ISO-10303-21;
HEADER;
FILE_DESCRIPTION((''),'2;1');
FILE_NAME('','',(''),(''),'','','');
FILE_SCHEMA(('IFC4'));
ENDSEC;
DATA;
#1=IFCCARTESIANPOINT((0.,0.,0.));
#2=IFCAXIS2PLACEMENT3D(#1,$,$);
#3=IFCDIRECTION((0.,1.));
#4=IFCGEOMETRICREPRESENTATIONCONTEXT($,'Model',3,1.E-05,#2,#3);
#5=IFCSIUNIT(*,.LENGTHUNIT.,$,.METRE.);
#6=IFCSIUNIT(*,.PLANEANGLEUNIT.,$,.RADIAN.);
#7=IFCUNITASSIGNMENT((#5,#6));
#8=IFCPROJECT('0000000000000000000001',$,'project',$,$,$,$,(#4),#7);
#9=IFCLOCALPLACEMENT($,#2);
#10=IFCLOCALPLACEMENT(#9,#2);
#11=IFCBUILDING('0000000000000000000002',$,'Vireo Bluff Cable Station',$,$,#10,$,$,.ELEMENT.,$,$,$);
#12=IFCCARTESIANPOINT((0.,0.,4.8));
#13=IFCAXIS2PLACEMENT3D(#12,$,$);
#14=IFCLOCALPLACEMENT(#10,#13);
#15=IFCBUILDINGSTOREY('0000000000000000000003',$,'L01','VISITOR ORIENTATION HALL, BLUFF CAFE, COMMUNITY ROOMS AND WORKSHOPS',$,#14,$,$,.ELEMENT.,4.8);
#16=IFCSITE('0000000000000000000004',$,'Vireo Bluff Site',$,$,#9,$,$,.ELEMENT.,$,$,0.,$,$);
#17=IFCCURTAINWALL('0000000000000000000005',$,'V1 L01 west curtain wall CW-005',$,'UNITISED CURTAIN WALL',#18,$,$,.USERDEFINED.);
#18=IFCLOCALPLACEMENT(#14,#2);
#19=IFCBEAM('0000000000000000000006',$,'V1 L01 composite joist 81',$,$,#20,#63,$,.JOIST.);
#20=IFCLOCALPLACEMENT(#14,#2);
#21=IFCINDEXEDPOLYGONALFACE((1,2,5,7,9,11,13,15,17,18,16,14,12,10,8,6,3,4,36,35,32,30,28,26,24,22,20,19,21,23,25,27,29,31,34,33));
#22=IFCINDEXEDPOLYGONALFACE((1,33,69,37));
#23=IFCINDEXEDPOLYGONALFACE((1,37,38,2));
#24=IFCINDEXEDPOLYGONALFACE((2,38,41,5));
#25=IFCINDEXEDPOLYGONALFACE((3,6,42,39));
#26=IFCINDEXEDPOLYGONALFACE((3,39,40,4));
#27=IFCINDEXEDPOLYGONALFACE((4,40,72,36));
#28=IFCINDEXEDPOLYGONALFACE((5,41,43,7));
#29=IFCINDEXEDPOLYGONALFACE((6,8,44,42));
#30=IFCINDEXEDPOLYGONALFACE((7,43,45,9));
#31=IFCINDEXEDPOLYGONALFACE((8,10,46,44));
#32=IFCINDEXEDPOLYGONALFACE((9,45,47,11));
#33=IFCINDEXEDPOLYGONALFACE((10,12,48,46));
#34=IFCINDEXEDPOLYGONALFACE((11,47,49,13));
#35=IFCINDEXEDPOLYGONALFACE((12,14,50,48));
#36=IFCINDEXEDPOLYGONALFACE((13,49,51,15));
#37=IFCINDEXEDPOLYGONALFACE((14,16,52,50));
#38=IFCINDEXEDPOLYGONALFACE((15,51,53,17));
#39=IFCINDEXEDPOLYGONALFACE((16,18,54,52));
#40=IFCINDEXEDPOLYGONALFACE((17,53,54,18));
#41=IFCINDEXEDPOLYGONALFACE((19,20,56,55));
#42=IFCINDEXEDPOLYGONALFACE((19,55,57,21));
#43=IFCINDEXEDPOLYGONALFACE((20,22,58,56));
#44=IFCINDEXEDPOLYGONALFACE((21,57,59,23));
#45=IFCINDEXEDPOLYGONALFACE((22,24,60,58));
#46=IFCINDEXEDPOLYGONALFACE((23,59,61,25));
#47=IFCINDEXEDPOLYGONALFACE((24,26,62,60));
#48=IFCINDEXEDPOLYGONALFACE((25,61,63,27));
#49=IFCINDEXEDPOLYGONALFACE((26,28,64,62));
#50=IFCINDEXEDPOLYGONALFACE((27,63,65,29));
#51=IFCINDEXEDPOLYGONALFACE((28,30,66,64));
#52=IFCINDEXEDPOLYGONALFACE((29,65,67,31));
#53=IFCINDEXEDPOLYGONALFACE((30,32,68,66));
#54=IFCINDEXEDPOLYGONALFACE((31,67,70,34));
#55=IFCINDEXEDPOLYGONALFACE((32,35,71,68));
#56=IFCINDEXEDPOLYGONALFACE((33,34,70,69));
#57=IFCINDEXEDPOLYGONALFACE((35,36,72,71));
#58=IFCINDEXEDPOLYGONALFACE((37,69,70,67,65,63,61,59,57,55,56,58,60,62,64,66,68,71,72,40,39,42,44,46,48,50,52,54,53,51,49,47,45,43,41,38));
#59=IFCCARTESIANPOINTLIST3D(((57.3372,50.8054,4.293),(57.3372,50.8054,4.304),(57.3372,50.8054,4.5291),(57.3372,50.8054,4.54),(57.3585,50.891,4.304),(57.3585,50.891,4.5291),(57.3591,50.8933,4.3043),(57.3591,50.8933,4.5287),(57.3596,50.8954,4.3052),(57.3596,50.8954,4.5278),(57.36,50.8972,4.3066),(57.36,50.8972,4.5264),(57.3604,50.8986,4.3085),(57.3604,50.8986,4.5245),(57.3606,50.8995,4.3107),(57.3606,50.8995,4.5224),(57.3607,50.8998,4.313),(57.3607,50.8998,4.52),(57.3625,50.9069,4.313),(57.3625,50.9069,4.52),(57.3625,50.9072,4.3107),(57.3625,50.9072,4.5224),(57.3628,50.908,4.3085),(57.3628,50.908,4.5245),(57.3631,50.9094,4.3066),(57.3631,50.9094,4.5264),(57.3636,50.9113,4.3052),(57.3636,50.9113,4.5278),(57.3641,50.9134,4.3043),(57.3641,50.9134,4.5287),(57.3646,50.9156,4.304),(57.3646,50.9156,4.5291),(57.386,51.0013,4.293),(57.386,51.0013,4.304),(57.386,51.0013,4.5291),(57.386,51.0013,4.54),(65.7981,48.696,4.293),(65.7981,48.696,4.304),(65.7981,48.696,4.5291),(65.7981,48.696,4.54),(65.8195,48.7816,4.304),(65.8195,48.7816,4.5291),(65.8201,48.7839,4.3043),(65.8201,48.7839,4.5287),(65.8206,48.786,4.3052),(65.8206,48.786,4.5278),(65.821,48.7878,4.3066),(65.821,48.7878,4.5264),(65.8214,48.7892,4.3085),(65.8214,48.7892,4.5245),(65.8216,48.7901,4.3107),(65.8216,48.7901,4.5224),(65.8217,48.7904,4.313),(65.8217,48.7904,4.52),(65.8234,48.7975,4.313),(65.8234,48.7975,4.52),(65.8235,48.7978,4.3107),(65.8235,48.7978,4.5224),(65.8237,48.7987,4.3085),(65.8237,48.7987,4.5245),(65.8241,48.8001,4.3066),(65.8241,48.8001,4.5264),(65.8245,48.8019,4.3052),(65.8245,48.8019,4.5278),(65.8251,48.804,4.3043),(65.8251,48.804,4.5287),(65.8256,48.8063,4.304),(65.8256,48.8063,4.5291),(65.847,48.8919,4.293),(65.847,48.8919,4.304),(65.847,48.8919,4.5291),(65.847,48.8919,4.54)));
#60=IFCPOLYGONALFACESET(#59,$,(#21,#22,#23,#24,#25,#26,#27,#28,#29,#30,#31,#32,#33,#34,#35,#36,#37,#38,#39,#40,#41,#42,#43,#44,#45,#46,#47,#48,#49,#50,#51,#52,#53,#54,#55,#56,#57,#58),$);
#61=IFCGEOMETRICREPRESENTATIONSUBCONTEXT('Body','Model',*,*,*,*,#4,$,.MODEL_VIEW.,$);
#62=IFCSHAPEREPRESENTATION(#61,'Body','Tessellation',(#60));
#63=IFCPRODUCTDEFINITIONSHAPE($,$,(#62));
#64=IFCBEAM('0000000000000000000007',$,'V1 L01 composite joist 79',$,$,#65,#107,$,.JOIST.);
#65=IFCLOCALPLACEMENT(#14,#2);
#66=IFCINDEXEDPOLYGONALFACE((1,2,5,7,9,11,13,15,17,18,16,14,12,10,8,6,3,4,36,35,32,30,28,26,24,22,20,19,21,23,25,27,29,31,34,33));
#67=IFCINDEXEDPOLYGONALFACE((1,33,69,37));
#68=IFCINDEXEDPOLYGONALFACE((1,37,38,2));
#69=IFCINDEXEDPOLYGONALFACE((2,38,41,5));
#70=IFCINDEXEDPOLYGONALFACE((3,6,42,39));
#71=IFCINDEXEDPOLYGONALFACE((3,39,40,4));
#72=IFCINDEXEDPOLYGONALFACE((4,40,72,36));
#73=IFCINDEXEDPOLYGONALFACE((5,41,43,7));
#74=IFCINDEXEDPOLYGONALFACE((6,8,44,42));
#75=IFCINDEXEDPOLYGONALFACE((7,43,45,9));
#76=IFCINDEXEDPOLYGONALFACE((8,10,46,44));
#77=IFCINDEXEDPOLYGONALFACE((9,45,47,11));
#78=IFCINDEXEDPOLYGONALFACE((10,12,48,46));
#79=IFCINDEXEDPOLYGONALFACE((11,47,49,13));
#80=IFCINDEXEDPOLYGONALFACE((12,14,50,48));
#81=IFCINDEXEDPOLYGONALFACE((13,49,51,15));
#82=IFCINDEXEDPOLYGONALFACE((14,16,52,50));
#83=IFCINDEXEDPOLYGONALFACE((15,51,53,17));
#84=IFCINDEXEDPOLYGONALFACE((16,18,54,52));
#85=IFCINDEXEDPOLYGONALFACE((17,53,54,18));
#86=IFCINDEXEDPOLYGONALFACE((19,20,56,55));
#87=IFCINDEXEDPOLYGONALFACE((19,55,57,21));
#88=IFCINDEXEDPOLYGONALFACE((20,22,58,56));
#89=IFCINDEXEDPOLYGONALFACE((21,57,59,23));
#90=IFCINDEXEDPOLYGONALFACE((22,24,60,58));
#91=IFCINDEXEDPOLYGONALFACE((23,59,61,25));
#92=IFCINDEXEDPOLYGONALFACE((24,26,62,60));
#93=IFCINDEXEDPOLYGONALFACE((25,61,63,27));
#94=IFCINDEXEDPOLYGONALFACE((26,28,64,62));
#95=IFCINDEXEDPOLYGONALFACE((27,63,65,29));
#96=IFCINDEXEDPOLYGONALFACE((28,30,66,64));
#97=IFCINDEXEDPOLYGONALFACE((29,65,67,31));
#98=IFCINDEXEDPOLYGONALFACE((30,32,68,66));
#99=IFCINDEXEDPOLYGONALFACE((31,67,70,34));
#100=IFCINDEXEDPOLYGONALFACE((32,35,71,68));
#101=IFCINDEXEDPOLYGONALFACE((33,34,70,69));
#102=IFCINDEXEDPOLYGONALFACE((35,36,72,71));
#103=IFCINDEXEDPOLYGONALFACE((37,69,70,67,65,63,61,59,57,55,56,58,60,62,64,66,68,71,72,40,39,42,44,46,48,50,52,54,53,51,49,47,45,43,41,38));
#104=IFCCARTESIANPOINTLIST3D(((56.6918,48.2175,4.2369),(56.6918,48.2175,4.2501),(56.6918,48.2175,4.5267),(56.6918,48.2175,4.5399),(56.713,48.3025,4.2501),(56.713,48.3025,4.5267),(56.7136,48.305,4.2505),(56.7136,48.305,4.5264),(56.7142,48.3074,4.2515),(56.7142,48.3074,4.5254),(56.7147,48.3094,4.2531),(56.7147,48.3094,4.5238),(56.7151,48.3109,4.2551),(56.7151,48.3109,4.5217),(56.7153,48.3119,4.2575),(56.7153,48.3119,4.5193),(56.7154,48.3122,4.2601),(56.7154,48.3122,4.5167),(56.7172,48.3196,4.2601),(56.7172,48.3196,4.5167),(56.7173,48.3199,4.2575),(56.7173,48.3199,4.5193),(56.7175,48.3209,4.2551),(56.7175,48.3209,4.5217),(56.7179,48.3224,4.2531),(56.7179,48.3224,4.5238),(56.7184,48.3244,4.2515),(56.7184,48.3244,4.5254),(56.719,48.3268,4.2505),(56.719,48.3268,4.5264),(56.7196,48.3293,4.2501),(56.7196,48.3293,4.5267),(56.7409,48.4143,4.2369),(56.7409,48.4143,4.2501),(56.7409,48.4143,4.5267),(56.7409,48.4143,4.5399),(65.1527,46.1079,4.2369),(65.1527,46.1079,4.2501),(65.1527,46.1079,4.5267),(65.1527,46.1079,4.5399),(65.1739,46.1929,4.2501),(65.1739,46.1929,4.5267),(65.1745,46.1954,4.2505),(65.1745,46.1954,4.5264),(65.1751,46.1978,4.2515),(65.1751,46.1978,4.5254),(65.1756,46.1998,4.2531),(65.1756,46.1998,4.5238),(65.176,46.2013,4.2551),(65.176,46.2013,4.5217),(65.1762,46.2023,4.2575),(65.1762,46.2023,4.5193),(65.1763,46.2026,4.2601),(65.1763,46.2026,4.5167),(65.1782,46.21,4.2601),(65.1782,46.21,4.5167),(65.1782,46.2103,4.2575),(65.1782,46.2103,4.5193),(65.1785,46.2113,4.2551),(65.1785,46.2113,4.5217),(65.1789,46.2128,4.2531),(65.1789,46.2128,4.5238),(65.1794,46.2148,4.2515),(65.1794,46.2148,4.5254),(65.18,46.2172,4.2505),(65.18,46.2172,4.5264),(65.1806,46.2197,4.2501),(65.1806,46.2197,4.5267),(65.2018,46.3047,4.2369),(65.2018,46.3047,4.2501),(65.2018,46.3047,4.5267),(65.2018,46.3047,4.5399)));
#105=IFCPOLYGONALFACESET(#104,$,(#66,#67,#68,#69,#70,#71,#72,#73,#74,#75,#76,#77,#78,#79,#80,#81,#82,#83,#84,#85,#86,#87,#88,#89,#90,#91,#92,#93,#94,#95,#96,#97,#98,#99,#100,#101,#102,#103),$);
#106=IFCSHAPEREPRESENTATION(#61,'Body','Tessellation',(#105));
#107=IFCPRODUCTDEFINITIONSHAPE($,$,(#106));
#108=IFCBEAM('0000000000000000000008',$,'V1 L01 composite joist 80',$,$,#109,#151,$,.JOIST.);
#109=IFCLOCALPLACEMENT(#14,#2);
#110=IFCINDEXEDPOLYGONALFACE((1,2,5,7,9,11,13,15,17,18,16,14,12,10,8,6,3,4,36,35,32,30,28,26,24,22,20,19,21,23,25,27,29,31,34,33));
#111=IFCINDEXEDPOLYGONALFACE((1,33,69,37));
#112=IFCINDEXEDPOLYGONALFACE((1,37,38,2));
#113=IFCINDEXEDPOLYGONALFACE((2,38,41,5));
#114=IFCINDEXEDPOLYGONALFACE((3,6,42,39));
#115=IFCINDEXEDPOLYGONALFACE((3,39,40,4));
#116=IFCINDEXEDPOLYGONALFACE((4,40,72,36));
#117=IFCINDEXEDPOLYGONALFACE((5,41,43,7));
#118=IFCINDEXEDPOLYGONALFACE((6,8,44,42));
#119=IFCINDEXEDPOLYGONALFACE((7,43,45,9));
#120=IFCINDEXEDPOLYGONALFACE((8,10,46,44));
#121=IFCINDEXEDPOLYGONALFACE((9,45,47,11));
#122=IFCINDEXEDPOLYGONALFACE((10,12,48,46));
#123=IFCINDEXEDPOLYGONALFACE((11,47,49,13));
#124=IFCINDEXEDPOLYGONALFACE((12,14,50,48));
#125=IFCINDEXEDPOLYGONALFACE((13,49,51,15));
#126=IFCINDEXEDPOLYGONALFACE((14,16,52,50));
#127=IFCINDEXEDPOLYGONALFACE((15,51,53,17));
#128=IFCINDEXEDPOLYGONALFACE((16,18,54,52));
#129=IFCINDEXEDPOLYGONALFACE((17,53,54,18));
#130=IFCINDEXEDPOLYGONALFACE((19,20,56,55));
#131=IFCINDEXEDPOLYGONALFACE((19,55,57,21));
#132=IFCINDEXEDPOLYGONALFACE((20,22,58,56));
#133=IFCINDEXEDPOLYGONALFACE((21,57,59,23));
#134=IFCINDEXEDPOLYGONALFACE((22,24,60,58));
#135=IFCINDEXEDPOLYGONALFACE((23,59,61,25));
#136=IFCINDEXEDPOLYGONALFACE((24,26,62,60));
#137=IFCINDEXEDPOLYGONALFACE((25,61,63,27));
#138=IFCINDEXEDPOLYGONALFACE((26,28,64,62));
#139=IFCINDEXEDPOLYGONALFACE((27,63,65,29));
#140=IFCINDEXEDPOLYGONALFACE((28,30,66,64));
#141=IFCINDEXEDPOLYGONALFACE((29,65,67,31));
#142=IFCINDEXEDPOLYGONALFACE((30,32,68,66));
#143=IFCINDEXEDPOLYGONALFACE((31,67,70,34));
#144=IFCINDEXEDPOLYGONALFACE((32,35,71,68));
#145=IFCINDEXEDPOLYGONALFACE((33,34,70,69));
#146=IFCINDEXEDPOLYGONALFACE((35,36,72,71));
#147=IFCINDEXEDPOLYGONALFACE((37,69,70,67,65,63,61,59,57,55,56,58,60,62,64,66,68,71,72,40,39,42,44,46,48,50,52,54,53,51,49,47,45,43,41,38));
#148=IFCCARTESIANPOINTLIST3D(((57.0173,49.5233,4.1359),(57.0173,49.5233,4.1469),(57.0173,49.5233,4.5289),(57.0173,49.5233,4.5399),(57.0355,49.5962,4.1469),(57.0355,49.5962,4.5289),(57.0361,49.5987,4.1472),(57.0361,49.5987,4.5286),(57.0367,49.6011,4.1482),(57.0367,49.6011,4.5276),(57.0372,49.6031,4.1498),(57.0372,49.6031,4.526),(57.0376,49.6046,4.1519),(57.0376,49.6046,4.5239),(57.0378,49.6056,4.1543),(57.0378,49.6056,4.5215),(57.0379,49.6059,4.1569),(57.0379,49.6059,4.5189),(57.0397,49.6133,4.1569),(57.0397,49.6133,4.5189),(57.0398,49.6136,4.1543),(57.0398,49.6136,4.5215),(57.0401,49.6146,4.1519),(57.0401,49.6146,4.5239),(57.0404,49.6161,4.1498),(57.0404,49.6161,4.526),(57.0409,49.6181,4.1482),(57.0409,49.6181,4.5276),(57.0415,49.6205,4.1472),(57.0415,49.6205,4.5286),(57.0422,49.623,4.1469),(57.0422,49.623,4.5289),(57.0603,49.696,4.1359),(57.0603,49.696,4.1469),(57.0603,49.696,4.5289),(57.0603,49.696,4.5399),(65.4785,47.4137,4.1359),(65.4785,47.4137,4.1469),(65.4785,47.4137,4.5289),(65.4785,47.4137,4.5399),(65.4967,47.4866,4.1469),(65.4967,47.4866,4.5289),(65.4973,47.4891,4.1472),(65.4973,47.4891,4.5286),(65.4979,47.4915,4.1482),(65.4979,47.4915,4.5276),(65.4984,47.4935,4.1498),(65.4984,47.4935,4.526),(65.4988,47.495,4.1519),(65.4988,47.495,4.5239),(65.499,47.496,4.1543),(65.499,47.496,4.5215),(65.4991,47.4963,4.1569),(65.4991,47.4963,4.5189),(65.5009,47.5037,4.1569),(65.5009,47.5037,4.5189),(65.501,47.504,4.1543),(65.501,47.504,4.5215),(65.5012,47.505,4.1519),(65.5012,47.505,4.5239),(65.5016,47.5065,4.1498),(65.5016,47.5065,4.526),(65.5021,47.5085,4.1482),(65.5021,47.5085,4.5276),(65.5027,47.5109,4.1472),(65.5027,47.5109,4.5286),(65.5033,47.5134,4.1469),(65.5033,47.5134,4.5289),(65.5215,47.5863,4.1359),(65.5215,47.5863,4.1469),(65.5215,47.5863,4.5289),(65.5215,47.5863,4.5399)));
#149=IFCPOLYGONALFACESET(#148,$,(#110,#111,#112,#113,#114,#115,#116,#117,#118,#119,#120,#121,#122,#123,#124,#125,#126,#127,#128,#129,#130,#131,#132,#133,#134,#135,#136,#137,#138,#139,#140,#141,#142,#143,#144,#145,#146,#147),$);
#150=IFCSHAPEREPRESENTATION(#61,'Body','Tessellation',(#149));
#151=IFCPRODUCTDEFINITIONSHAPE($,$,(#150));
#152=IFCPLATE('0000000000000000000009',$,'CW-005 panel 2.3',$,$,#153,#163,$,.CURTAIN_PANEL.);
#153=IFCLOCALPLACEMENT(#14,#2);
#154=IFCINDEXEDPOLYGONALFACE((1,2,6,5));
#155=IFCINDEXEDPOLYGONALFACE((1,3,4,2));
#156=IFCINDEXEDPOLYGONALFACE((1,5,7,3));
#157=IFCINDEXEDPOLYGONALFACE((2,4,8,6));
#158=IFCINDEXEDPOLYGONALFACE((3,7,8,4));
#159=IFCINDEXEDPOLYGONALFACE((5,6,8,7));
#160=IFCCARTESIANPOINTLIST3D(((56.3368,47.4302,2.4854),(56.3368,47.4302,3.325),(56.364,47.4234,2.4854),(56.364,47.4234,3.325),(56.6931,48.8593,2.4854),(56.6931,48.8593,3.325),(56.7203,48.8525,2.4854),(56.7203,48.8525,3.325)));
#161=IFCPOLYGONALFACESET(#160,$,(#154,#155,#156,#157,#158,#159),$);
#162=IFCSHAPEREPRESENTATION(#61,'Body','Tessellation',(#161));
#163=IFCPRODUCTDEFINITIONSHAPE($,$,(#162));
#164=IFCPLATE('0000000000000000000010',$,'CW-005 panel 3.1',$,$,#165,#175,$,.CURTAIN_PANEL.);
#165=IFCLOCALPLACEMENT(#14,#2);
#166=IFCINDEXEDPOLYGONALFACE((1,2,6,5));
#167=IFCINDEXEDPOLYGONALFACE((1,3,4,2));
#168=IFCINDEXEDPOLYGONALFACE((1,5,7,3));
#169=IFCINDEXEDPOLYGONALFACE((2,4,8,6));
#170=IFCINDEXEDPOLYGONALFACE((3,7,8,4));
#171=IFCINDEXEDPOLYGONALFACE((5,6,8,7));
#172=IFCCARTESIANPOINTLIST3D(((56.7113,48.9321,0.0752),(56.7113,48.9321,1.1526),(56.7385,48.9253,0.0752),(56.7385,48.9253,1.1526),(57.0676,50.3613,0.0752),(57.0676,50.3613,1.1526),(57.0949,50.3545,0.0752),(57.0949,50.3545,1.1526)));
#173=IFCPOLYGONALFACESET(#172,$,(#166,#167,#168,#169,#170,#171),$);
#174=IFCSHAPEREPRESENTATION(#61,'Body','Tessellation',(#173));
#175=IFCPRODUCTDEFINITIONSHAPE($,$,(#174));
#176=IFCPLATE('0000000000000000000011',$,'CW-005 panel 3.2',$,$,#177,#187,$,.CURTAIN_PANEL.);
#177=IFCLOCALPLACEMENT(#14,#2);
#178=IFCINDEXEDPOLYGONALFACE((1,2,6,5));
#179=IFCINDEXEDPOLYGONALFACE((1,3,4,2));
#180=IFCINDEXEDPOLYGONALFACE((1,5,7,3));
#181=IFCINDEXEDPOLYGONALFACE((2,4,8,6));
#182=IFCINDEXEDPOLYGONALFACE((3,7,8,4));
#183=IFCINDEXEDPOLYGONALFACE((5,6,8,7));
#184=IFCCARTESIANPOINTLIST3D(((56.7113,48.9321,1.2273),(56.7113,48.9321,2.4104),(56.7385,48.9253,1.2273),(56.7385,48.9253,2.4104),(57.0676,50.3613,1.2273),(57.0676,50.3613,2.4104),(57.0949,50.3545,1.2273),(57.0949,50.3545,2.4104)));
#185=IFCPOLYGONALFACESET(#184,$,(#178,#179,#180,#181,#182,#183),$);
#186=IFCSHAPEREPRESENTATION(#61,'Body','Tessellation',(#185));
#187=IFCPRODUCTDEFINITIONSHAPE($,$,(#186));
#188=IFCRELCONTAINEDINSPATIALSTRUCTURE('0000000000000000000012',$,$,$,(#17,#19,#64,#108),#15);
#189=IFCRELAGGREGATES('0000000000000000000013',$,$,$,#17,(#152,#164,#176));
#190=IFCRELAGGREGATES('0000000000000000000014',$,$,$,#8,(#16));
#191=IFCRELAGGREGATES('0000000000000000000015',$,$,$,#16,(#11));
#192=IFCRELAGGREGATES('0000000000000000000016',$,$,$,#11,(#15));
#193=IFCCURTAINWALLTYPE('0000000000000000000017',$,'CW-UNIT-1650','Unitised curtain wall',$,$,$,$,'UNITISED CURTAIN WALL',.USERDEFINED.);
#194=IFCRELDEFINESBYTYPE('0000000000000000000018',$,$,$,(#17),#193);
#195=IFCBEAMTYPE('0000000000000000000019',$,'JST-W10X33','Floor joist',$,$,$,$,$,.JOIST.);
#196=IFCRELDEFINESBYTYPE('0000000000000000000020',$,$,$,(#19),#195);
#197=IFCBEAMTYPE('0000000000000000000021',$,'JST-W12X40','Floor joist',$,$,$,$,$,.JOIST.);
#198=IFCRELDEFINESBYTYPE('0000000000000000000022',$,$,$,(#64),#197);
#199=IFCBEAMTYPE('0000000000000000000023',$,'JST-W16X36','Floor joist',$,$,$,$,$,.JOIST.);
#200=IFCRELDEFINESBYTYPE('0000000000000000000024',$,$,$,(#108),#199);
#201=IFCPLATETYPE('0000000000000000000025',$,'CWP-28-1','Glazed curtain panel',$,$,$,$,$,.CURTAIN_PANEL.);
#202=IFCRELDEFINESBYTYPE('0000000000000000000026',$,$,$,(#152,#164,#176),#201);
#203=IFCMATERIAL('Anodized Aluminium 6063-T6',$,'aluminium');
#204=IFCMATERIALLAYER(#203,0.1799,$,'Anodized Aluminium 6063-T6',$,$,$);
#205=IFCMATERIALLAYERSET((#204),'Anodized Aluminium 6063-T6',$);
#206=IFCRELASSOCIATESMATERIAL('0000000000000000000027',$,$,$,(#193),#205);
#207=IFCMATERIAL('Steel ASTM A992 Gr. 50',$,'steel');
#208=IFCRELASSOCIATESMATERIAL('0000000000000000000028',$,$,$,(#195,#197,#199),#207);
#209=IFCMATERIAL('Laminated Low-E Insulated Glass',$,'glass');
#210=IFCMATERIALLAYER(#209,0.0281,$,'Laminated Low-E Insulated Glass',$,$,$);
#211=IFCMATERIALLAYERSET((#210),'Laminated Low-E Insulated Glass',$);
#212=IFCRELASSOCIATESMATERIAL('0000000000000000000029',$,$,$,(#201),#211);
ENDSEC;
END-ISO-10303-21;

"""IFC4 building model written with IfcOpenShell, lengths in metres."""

from ifc_helpers import new_model, si_unit, direction, frame, origin, origin_2d, place, context, subcontext, project, spatial, rectangle, i_section, extrude, material, layer, layer_set, material_profile, profile_set, type_object, element, aggregate, save


model = new_model("IFC4")

# Units and contexts
model_context = context("Model", 3, precision=1e-05, world=origin(), true_north=direction((0.0, 1.0)))
body_context = subcontext(model_context, "Body", "Model", "MODEL_VIEW")
ifc_project = project(units=[si_unit("LENGTHUNIT", "METRE"), si_unit("PLANEANGLEUNIT", "RADIAN")], contexts=[model_context])

# Site, building, storey
site_placement = place(None, origin())
site = spatial("IfcSite", under=ifc_project, at=site_placement, Name="Vireo Bluff Site", CompositionType="ELEMENT", RefElevation=0.0)
building_placement = place(site_placement, origin())
building = spatial("IfcBuilding", under=site, at=building_placement, Name="Vireo Bluff Cable Station", CompositionType="ELEMENT")
storey_placement = place(building_placement, frame((0.0, 0.0, 4.8)))
storey = spatial("IfcBuildingStorey", under=building, at=storey_placement, Name="L01", Description="VISITOR ORIENTATION HALL, BLUFF CAFE, COMMUNITY ROOMS AND WORKSHOPS", CompositionType="ELEMENT", Elevation=4.8)

# Curtain wall
ifc_material_1 = material(Name="Anodized Aluminium 6063-T6", Category="aluminium")
ifc_layer_1 = layer(ifc_material_1, 0.1799, Name="Anodized Aluminium 6063-T6")
ifc_layer_set_1 = layer_set([ifc_layer_1], Name="Anodized Aluminium 6063-T6")
curtain_wall_type = type_object("IfcCurtainWallType", Name="CW-UNIT-1650", Description="Unitised curtain wall", ElementType="UNITISED CURTAIN WALL", PredefinedType="USERDEFINED", material=ifc_layer_set_1)
curtain_wall_placement = place(storey_placement, origin())
curtain_wall = element("IfcCurtainWall", 1, at=curtain_wall_placement, inside=storey, type_object=curtain_wall_type, Name="V1 L01 west curtain wall CW-005", ObjectType="UNITISED CURTAIN WALL", PredefinedType="USERDEFINED")

# Beams
ifc_material_2 = material(Name="Steel ASTM A992 Gr. 50", Category="steel")
ifc_material_profile_1 = material_profile(ifc_material_2, i_section(OverallWidth=0.2019, OverallDepth=0.2471, WebThickness=0.0073, FlangeThickness=0.011, FilletRadius=0.009, at=origin_2d()), Name="W10X33")
ifc_profile_set_1 = profile_set([ifc_material_profile_1], Name="Steel ASTM A992 Gr. 50")
beam_type_1 = type_object("IfcBeamType", Name="JST-W10X33", Description="Floor joist", PredefinedType="JOIST", material=ifc_profile_set_1)
beam_1_placement = place(storey_placement, frame((57.3616, 50.9033, 4.4165), z_axis=(0.9703, -0.241903, 0.0), x_axis=(0.241903, 0.9703, 0.0)))
element("IfcBeam", 2, at=beam_1_placement, inside=storey, type_object=beam_type_1, Name="V1 L01 composite joist 81", PredefinedType="JOIST", context=body_context, shape_type="SweptSolid", body=[
    extrude(i_section(OverallWidth=0.2019, OverallDepth=0.2471, WebThickness=0.0073, FlangeThickness=0.011, FilletRadius=0.009, at=origin_2d()), origin(), (0.0, 0.0, 1.0), 8.72),
])
ifc_material_profile_2 = material_profile(ifc_material_2, i_section(OverallWidth=0.2029, OverallDepth=0.303, WebThickness=0.0076, FlangeThickness=0.0132, FilletRadius=0.01, at=origin_2d()), Name="W12X40")
ifc_profile_set_2 = profile_set([ifc_material_profile_2], Name="Steel ASTM A992 Gr. 50")
beam_type_2 = type_object("IfcBeamType", Name="JST-W12X40", Description="Floor joist", PredefinedType="JOIST", material=ifc_profile_set_2)
beam_2_placement = place(storey_placement, frame((56.7163, 48.3159, 4.3884), z_axis=(0.970294, -0.24193, 0.0), x_axis=(0.24193, 0.970294, 0.0)))
element("IfcBeam", 3, at=beam_2_placement, inside=storey, type_object=beam_type_2, Name="V1 L01 composite joist 79", PredefinedType="JOIST", context=body_context, shape_type="SweptSolid", body=[
    extrude(i_section(OverallWidth=0.2029, OverallDepth=0.303, WebThickness=0.0076, FlangeThickness=0.0132, FilletRadius=0.01, at=origin_2d()), origin(), (0.0, 0.0, 1.0), 8.72),
])
ifc_material_profile_3 = material_profile(ifc_material_2, i_section(OverallWidth=0.178, OverallDepth=0.4041, WebThickness=0.0076, FlangeThickness=0.011, FilletRadius=0.01, at=origin_2d()), Name="W16X36")
ifc_profile_set_3 = profile_set([ifc_material_profile_3], Name="Steel ASTM A992 Gr. 50")
beam_type_3 = type_object("IfcBeamType", Name="JST-W16X36", Description="Floor joist", PredefinedType="JOIST", material=ifc_profile_set_3)
beam_3_placement = place(storey_placement, frame((57.0388, 49.6096, 4.3379), z_axis=(0.970295, -0.241923, 0.0), x_axis=(0.241923, 0.970295, 0.0)))
element("IfcBeam", 4, at=beam_3_placement, inside=storey, type_object=beam_type_3, Name="V1 L01 composite joist 80", PredefinedType="JOIST", context=body_context, shape_type="SweptSolid", body=[
    extrude(i_section(OverallWidth=0.178, OverallDepth=0.4041, WebThickness=0.0076, FlangeThickness=0.011, FilletRadius=0.01, at=origin_2d()), origin(), (0.0, 0.0, 1.0), 8.7202),
])

# Plates
ifc_material_3 = material(Name="Laminated Low-E Insulated Glass", Category="glass")
ifc_layer_2 = layer(ifc_material_3, 0.0281, Name="Laminated Low-E Insulated Glass")
ifc_layer_set_2 = layer_set([ifc_layer_2], Name="Laminated Low-E Insulated Glass")
plate_type = type_object("IfcPlateType", Name="CWP-28-1", Description="Glazed curtain panel", PredefinedType="CURTAIN_PANEL", material=ifc_layer_set_2)
plate_1_placement = place(storey_placement, frame((56.5286, 48.1414, 2.4854), z_axis=(0.0, 0.0, 1.0), x_axis=(0.241922, 0.970296, 0.0)))
plate_1 = element("IfcPlate", 5, at=plate_1_placement, type_object=plate_type, Name="CW-005 panel 2.3", PredefinedType="CURTAIN_PANEL", context=body_context, shape_type="SweptSolid", body=[
    extrude(rectangle(XDim=1.4729, YDim=0.0281, at=origin_2d()), origin(), (0.0, 0.0, 1.0), 0.8396),
])
plate_2_placement = place(storey_placement, frame((56.9031, 49.6433, 0.0752), z_axis=(0.0, 0.0, 1.0), x_axis=(0.241922, 0.970296, 0.0)))
plate_2 = element("IfcPlate", 6, at=plate_2_placement, type_object=plate_type, Name="CW-005 panel 3.1", PredefinedType="CURTAIN_PANEL", context=body_context, shape_type="SweptSolid", body=[
    extrude(rectangle(XDim=1.4729, YDim=0.0281, at=origin_2d()), origin(), (0.0, 0.0, 1.0), 1.0774),
])
plate_3_placement = place(storey_placement, frame((56.9031, 49.6433, 1.2273), z_axis=(0.0, 0.0, 1.0), x_axis=(0.241922, 0.970296, 0.0)))
plate_3 = element("IfcPlate", 7, at=plate_3_placement, type_object=plate_type, Name="CW-005 panel 3.2", PredefinedType="CURTAIN_PANEL", context=body_context, shape_type="SweptSolid", body=[
    extrude(rectangle(XDim=1.4729, YDim=0.0281, at=origin_2d()), origin(), (0.0, 0.0, 1.0), 1.1831),
])
aggregate(curtain_wall, [plate_1, plate_2, plate_3])

save(model, "model.ifc")
